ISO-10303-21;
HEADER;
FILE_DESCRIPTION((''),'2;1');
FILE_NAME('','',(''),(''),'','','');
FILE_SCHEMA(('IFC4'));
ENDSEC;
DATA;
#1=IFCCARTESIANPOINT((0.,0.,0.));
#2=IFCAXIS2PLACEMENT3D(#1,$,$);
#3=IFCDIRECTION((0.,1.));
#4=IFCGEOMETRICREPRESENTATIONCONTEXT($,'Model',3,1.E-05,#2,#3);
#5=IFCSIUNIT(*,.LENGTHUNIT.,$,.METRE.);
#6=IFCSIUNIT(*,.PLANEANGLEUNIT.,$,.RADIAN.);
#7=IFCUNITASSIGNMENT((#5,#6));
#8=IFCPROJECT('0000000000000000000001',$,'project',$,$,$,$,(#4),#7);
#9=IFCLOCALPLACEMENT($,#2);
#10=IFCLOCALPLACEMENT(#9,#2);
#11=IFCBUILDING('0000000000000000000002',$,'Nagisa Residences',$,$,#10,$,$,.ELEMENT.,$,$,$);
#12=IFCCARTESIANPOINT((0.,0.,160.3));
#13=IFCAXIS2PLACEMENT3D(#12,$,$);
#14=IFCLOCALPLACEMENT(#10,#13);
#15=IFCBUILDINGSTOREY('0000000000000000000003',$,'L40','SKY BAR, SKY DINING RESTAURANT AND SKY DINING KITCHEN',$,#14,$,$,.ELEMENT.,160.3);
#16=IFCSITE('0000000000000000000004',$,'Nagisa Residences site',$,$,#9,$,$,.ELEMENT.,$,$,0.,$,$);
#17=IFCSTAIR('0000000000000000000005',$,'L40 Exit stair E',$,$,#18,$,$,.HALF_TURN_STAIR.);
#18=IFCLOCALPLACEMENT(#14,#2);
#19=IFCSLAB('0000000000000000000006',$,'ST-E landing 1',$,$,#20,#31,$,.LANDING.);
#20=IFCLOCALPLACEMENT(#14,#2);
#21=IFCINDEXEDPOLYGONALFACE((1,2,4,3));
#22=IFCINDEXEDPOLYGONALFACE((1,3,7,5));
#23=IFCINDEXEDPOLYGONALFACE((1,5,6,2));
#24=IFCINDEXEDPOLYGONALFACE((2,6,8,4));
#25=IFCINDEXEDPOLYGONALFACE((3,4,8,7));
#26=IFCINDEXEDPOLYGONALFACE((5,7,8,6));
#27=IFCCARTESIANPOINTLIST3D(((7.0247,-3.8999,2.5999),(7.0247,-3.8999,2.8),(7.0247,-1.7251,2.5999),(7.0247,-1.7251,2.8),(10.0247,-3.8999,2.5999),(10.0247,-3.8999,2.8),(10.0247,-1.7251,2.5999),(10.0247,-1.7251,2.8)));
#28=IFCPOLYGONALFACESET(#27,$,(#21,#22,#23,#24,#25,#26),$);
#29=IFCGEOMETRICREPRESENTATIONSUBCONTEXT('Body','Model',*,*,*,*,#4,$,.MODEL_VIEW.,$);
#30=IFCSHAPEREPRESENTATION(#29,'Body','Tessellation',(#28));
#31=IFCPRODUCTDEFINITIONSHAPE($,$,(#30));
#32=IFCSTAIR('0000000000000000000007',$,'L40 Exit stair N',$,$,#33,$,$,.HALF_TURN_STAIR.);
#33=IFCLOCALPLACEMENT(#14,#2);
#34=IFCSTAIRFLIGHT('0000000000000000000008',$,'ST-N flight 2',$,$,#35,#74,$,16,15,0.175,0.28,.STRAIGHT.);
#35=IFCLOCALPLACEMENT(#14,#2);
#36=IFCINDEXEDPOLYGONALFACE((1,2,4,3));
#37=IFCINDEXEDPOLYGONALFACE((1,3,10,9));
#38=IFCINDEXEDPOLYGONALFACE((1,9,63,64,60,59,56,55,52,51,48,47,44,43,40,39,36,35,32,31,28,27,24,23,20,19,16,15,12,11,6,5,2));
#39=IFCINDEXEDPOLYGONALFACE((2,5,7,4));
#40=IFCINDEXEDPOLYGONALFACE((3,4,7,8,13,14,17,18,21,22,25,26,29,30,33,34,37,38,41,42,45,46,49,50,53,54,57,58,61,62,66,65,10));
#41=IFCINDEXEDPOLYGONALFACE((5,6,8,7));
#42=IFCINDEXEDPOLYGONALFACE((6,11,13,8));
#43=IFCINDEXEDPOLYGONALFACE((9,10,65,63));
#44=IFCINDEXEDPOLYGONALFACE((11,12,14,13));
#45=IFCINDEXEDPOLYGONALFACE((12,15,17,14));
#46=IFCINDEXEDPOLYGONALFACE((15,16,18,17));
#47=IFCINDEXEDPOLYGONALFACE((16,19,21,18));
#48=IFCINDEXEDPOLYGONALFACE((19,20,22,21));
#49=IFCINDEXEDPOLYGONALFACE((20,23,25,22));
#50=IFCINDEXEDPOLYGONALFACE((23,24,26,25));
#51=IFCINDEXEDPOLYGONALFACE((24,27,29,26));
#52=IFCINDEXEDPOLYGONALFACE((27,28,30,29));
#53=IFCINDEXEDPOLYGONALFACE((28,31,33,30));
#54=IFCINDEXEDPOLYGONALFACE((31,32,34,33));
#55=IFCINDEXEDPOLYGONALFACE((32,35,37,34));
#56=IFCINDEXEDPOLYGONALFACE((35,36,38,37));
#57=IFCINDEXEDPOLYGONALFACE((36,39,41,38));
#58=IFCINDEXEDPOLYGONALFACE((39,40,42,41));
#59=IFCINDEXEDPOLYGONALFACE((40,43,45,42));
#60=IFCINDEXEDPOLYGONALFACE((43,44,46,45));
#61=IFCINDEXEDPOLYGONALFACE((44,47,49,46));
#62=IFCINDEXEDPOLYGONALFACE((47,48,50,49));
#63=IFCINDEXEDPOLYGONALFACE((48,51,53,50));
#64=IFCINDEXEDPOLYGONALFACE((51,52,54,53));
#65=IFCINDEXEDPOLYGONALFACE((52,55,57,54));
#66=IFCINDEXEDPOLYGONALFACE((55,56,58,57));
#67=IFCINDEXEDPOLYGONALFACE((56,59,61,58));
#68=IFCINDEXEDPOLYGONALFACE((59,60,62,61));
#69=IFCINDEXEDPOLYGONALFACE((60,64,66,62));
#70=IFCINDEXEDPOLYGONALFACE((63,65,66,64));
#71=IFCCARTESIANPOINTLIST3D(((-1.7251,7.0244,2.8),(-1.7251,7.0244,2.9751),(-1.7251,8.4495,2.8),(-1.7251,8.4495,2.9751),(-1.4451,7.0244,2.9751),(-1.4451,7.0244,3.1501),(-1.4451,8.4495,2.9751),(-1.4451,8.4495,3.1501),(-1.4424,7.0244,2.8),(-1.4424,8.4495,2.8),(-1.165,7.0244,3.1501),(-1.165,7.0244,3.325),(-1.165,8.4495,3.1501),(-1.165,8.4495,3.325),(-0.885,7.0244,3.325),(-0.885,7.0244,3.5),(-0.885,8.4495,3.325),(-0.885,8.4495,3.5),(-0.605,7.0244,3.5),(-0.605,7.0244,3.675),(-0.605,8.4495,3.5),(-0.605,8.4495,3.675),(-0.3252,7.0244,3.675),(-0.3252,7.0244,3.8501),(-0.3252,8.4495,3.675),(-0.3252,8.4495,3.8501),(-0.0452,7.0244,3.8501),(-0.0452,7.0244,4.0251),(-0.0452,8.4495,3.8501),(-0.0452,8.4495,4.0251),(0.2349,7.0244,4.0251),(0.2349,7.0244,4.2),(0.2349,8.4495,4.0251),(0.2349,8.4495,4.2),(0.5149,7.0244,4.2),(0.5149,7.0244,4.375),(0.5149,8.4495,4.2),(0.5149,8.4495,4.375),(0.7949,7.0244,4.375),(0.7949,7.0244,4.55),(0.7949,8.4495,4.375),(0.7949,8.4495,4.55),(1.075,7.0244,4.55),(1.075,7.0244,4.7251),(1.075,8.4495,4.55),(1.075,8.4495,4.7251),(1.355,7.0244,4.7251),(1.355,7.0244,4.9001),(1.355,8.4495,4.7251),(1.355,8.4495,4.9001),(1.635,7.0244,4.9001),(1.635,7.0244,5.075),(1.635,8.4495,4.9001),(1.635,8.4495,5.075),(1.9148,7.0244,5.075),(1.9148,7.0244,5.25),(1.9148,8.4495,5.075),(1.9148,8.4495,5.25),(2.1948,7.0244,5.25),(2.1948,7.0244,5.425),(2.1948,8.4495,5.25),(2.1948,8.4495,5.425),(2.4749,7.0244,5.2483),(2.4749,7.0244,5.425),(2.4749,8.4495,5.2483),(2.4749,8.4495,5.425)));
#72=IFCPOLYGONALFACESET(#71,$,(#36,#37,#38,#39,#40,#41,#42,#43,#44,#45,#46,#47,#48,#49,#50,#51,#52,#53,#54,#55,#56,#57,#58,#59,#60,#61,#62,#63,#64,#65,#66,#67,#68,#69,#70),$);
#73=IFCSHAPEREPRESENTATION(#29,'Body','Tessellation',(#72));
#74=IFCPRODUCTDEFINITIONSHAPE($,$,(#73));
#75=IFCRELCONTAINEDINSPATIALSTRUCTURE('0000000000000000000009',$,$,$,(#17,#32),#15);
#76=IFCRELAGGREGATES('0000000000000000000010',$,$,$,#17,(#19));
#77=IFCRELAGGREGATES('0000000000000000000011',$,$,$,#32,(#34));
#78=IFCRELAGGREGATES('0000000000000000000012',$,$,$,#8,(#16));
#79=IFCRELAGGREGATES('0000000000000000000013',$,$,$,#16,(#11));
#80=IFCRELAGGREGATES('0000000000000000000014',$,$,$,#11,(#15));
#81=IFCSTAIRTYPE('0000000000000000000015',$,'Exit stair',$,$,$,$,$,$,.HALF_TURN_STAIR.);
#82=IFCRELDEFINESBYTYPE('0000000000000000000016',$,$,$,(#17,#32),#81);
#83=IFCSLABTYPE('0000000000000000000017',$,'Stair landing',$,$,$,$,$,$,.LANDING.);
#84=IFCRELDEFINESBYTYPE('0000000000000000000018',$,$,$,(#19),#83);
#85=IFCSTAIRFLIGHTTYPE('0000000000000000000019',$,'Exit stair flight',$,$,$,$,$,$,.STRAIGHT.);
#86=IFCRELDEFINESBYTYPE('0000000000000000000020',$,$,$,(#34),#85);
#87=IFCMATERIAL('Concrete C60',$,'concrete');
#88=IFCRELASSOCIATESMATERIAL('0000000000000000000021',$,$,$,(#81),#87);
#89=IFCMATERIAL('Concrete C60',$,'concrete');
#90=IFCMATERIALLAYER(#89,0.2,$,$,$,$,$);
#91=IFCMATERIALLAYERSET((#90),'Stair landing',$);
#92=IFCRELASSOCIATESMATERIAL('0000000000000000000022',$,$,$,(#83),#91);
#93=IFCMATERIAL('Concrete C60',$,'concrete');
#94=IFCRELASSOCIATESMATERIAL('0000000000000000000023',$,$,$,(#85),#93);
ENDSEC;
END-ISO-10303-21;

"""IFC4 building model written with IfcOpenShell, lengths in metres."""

from ifc_helpers import new_model, si_unit, direction, frame, origin, place, context, subcontext, project, spatial, polyline, outline, extrude, material, layer, layer_set, type_object, element, aggregate, save


model = new_model("IFC4")

# Units and contexts
model_context = context("Model", 3, precision=1e-05, world=origin(), true_north=direction((0.0, 1.0)))
body_context = subcontext(model_context, "Body", "Model", "MODEL_VIEW")
ifc_project = project(units=[si_unit("LENGTHUNIT", "METRE"), si_unit("PLANEANGLEUNIT", "RADIAN")], contexts=[model_context])

# Site, building, storey
site_placement = place(None, origin())
site = spatial("IfcSite", under=ifc_project, at=site_placement, Name="Nagisa Residences site", CompositionType="ELEMENT", RefElevation=0.0)
building_placement = place(site_placement, origin())
building = spatial("IfcBuilding", under=site, at=building_placement, Name="Nagisa Residences", CompositionType="ELEMENT")
storey_placement = place(building_placement, frame((0.0, 0.0, 160.3)))
storey = spatial("IfcBuildingStorey", under=building, at=storey_placement, Name="L40", Description="SKY BAR, SKY DINING RESTAURANT AND SKY DINING KITCHEN", CompositionType="ELEMENT", Elevation=160.3)

# Stair, slab
ifc_material_1 = material(Name="Concrete C60", Category="concrete")
stair_type = type_object("IfcStairType", Name="Exit stair", PredefinedType="HALF_TURN_STAIR", material=ifc_material_1)
stair_1_placement = place(storey_placement, origin())
stair_1 = element("IfcStair", 1, at=stair_1_placement, inside=storey, type_object=stair_type, Name="L40 Exit stair E", PredefinedType="HALF_TURN_STAIR")
ifc_material_2 = material(Name="Concrete C60", Category="concrete")
ifc_layer_1 = layer(ifc_material_2, 0.2)
ifc_layer_set_1 = layer_set([ifc_layer_1], Name="Stair landing")
slab_type = type_object("IfcSlabType", Name="Stair landing", PredefinedType="LANDING", material=ifc_layer_set_1)
slab_placement = place(storey_placement, frame((0.0, 0.0, 2.5999)))
slab = element("IfcSlab", 2, at=slab_placement, type_object=slab_type, Name="ST-E landing 1", PredefinedType="LANDING", context=body_context, shape_type="SweptSolid", body=[
    extrude(outline(polyline([(7.0247, -1.7251), (7.0247, -3.8999), (10.0247, -3.8999), (10.0247, -1.7251), (7.0247, -1.7251)])), origin(), (0.0, 0.0, 1.0), 0.2002),
])
aggregate(stair_1, [slab])

# Stair, stair flight
stair_2_placement = place(storey_placement, origin())
stair_2 = element("IfcStair", 3, at=stair_2_placement, inside=storey, type_object=stair_type, Name="L40 Exit stair N", PredefinedType="HALF_TURN_STAIR")
ifc_material_3 = material(Name="Concrete C60", Category="concrete")
stair_flight_type = type_object("IfcStairFlightType", Name="Exit stair flight", PredefinedType="STRAIGHT", material=ifc_material_3)
stair_flight_placement = place(storey_placement, frame((-1.7251, 7.7371, 2.8), z_axis=(0.0, 0.0, 1.0), x_axis=(1.0, 0.0, 0.0)))
stair_flight = element("IfcStairFlight", 4, at=stair_flight_placement, type_object=stair_flight_type, Name="ST-N flight 2", NumberOfRisers=16, NumberOfTreads=15, PredefinedType="STRAIGHT", RiserHeight=0.175, TreadLength=0.28, context=body_context, shape_type="SweptSolid", body=[
    extrude(outline(polyline([(0.0, 0.0), (0.0, 0.175), (0.28, 0.175), (0.28, 0.3501), (0.5601, 0.3501), (0.5601, 0.5249), (0.8401, 0.5249), (0.8401, 0.7), (1.1201, 0.7), (1.1201, 0.875), (1.3999, 0.875), (1.3999, 1.05), (1.6799, 1.05), (1.6799, 1.2251), (1.96, 1.2251), (1.96, 1.3999), (2.24, 1.3999), (2.24, 1.575), (2.52, 1.575), (2.52, 1.75), (2.8, 1.75), (2.8, 1.925), (3.0801, 1.925), (3.0801, 2.1001), (3.3601, 2.1001), (3.3601, 2.2749), (3.6399, 2.2749), (3.6399, 2.45), (3.9199, 2.45), (3.9199, 2.625), (4.2, 2.625), (4.2, 2.8), (4.2, 2.4482), (0.2827, 0.0), (0.0, 0.0)])), frame((0.0, 0.7124, 0.0), z_axis=(0.0, -1.0, 0.0), x_axis=(1.0, 0.0, 0.0)), (0.0, 0.0, 1.0), 1.425),
])
aggregate(stair_2, [stair_flight])

save(model, "model.ifc")
